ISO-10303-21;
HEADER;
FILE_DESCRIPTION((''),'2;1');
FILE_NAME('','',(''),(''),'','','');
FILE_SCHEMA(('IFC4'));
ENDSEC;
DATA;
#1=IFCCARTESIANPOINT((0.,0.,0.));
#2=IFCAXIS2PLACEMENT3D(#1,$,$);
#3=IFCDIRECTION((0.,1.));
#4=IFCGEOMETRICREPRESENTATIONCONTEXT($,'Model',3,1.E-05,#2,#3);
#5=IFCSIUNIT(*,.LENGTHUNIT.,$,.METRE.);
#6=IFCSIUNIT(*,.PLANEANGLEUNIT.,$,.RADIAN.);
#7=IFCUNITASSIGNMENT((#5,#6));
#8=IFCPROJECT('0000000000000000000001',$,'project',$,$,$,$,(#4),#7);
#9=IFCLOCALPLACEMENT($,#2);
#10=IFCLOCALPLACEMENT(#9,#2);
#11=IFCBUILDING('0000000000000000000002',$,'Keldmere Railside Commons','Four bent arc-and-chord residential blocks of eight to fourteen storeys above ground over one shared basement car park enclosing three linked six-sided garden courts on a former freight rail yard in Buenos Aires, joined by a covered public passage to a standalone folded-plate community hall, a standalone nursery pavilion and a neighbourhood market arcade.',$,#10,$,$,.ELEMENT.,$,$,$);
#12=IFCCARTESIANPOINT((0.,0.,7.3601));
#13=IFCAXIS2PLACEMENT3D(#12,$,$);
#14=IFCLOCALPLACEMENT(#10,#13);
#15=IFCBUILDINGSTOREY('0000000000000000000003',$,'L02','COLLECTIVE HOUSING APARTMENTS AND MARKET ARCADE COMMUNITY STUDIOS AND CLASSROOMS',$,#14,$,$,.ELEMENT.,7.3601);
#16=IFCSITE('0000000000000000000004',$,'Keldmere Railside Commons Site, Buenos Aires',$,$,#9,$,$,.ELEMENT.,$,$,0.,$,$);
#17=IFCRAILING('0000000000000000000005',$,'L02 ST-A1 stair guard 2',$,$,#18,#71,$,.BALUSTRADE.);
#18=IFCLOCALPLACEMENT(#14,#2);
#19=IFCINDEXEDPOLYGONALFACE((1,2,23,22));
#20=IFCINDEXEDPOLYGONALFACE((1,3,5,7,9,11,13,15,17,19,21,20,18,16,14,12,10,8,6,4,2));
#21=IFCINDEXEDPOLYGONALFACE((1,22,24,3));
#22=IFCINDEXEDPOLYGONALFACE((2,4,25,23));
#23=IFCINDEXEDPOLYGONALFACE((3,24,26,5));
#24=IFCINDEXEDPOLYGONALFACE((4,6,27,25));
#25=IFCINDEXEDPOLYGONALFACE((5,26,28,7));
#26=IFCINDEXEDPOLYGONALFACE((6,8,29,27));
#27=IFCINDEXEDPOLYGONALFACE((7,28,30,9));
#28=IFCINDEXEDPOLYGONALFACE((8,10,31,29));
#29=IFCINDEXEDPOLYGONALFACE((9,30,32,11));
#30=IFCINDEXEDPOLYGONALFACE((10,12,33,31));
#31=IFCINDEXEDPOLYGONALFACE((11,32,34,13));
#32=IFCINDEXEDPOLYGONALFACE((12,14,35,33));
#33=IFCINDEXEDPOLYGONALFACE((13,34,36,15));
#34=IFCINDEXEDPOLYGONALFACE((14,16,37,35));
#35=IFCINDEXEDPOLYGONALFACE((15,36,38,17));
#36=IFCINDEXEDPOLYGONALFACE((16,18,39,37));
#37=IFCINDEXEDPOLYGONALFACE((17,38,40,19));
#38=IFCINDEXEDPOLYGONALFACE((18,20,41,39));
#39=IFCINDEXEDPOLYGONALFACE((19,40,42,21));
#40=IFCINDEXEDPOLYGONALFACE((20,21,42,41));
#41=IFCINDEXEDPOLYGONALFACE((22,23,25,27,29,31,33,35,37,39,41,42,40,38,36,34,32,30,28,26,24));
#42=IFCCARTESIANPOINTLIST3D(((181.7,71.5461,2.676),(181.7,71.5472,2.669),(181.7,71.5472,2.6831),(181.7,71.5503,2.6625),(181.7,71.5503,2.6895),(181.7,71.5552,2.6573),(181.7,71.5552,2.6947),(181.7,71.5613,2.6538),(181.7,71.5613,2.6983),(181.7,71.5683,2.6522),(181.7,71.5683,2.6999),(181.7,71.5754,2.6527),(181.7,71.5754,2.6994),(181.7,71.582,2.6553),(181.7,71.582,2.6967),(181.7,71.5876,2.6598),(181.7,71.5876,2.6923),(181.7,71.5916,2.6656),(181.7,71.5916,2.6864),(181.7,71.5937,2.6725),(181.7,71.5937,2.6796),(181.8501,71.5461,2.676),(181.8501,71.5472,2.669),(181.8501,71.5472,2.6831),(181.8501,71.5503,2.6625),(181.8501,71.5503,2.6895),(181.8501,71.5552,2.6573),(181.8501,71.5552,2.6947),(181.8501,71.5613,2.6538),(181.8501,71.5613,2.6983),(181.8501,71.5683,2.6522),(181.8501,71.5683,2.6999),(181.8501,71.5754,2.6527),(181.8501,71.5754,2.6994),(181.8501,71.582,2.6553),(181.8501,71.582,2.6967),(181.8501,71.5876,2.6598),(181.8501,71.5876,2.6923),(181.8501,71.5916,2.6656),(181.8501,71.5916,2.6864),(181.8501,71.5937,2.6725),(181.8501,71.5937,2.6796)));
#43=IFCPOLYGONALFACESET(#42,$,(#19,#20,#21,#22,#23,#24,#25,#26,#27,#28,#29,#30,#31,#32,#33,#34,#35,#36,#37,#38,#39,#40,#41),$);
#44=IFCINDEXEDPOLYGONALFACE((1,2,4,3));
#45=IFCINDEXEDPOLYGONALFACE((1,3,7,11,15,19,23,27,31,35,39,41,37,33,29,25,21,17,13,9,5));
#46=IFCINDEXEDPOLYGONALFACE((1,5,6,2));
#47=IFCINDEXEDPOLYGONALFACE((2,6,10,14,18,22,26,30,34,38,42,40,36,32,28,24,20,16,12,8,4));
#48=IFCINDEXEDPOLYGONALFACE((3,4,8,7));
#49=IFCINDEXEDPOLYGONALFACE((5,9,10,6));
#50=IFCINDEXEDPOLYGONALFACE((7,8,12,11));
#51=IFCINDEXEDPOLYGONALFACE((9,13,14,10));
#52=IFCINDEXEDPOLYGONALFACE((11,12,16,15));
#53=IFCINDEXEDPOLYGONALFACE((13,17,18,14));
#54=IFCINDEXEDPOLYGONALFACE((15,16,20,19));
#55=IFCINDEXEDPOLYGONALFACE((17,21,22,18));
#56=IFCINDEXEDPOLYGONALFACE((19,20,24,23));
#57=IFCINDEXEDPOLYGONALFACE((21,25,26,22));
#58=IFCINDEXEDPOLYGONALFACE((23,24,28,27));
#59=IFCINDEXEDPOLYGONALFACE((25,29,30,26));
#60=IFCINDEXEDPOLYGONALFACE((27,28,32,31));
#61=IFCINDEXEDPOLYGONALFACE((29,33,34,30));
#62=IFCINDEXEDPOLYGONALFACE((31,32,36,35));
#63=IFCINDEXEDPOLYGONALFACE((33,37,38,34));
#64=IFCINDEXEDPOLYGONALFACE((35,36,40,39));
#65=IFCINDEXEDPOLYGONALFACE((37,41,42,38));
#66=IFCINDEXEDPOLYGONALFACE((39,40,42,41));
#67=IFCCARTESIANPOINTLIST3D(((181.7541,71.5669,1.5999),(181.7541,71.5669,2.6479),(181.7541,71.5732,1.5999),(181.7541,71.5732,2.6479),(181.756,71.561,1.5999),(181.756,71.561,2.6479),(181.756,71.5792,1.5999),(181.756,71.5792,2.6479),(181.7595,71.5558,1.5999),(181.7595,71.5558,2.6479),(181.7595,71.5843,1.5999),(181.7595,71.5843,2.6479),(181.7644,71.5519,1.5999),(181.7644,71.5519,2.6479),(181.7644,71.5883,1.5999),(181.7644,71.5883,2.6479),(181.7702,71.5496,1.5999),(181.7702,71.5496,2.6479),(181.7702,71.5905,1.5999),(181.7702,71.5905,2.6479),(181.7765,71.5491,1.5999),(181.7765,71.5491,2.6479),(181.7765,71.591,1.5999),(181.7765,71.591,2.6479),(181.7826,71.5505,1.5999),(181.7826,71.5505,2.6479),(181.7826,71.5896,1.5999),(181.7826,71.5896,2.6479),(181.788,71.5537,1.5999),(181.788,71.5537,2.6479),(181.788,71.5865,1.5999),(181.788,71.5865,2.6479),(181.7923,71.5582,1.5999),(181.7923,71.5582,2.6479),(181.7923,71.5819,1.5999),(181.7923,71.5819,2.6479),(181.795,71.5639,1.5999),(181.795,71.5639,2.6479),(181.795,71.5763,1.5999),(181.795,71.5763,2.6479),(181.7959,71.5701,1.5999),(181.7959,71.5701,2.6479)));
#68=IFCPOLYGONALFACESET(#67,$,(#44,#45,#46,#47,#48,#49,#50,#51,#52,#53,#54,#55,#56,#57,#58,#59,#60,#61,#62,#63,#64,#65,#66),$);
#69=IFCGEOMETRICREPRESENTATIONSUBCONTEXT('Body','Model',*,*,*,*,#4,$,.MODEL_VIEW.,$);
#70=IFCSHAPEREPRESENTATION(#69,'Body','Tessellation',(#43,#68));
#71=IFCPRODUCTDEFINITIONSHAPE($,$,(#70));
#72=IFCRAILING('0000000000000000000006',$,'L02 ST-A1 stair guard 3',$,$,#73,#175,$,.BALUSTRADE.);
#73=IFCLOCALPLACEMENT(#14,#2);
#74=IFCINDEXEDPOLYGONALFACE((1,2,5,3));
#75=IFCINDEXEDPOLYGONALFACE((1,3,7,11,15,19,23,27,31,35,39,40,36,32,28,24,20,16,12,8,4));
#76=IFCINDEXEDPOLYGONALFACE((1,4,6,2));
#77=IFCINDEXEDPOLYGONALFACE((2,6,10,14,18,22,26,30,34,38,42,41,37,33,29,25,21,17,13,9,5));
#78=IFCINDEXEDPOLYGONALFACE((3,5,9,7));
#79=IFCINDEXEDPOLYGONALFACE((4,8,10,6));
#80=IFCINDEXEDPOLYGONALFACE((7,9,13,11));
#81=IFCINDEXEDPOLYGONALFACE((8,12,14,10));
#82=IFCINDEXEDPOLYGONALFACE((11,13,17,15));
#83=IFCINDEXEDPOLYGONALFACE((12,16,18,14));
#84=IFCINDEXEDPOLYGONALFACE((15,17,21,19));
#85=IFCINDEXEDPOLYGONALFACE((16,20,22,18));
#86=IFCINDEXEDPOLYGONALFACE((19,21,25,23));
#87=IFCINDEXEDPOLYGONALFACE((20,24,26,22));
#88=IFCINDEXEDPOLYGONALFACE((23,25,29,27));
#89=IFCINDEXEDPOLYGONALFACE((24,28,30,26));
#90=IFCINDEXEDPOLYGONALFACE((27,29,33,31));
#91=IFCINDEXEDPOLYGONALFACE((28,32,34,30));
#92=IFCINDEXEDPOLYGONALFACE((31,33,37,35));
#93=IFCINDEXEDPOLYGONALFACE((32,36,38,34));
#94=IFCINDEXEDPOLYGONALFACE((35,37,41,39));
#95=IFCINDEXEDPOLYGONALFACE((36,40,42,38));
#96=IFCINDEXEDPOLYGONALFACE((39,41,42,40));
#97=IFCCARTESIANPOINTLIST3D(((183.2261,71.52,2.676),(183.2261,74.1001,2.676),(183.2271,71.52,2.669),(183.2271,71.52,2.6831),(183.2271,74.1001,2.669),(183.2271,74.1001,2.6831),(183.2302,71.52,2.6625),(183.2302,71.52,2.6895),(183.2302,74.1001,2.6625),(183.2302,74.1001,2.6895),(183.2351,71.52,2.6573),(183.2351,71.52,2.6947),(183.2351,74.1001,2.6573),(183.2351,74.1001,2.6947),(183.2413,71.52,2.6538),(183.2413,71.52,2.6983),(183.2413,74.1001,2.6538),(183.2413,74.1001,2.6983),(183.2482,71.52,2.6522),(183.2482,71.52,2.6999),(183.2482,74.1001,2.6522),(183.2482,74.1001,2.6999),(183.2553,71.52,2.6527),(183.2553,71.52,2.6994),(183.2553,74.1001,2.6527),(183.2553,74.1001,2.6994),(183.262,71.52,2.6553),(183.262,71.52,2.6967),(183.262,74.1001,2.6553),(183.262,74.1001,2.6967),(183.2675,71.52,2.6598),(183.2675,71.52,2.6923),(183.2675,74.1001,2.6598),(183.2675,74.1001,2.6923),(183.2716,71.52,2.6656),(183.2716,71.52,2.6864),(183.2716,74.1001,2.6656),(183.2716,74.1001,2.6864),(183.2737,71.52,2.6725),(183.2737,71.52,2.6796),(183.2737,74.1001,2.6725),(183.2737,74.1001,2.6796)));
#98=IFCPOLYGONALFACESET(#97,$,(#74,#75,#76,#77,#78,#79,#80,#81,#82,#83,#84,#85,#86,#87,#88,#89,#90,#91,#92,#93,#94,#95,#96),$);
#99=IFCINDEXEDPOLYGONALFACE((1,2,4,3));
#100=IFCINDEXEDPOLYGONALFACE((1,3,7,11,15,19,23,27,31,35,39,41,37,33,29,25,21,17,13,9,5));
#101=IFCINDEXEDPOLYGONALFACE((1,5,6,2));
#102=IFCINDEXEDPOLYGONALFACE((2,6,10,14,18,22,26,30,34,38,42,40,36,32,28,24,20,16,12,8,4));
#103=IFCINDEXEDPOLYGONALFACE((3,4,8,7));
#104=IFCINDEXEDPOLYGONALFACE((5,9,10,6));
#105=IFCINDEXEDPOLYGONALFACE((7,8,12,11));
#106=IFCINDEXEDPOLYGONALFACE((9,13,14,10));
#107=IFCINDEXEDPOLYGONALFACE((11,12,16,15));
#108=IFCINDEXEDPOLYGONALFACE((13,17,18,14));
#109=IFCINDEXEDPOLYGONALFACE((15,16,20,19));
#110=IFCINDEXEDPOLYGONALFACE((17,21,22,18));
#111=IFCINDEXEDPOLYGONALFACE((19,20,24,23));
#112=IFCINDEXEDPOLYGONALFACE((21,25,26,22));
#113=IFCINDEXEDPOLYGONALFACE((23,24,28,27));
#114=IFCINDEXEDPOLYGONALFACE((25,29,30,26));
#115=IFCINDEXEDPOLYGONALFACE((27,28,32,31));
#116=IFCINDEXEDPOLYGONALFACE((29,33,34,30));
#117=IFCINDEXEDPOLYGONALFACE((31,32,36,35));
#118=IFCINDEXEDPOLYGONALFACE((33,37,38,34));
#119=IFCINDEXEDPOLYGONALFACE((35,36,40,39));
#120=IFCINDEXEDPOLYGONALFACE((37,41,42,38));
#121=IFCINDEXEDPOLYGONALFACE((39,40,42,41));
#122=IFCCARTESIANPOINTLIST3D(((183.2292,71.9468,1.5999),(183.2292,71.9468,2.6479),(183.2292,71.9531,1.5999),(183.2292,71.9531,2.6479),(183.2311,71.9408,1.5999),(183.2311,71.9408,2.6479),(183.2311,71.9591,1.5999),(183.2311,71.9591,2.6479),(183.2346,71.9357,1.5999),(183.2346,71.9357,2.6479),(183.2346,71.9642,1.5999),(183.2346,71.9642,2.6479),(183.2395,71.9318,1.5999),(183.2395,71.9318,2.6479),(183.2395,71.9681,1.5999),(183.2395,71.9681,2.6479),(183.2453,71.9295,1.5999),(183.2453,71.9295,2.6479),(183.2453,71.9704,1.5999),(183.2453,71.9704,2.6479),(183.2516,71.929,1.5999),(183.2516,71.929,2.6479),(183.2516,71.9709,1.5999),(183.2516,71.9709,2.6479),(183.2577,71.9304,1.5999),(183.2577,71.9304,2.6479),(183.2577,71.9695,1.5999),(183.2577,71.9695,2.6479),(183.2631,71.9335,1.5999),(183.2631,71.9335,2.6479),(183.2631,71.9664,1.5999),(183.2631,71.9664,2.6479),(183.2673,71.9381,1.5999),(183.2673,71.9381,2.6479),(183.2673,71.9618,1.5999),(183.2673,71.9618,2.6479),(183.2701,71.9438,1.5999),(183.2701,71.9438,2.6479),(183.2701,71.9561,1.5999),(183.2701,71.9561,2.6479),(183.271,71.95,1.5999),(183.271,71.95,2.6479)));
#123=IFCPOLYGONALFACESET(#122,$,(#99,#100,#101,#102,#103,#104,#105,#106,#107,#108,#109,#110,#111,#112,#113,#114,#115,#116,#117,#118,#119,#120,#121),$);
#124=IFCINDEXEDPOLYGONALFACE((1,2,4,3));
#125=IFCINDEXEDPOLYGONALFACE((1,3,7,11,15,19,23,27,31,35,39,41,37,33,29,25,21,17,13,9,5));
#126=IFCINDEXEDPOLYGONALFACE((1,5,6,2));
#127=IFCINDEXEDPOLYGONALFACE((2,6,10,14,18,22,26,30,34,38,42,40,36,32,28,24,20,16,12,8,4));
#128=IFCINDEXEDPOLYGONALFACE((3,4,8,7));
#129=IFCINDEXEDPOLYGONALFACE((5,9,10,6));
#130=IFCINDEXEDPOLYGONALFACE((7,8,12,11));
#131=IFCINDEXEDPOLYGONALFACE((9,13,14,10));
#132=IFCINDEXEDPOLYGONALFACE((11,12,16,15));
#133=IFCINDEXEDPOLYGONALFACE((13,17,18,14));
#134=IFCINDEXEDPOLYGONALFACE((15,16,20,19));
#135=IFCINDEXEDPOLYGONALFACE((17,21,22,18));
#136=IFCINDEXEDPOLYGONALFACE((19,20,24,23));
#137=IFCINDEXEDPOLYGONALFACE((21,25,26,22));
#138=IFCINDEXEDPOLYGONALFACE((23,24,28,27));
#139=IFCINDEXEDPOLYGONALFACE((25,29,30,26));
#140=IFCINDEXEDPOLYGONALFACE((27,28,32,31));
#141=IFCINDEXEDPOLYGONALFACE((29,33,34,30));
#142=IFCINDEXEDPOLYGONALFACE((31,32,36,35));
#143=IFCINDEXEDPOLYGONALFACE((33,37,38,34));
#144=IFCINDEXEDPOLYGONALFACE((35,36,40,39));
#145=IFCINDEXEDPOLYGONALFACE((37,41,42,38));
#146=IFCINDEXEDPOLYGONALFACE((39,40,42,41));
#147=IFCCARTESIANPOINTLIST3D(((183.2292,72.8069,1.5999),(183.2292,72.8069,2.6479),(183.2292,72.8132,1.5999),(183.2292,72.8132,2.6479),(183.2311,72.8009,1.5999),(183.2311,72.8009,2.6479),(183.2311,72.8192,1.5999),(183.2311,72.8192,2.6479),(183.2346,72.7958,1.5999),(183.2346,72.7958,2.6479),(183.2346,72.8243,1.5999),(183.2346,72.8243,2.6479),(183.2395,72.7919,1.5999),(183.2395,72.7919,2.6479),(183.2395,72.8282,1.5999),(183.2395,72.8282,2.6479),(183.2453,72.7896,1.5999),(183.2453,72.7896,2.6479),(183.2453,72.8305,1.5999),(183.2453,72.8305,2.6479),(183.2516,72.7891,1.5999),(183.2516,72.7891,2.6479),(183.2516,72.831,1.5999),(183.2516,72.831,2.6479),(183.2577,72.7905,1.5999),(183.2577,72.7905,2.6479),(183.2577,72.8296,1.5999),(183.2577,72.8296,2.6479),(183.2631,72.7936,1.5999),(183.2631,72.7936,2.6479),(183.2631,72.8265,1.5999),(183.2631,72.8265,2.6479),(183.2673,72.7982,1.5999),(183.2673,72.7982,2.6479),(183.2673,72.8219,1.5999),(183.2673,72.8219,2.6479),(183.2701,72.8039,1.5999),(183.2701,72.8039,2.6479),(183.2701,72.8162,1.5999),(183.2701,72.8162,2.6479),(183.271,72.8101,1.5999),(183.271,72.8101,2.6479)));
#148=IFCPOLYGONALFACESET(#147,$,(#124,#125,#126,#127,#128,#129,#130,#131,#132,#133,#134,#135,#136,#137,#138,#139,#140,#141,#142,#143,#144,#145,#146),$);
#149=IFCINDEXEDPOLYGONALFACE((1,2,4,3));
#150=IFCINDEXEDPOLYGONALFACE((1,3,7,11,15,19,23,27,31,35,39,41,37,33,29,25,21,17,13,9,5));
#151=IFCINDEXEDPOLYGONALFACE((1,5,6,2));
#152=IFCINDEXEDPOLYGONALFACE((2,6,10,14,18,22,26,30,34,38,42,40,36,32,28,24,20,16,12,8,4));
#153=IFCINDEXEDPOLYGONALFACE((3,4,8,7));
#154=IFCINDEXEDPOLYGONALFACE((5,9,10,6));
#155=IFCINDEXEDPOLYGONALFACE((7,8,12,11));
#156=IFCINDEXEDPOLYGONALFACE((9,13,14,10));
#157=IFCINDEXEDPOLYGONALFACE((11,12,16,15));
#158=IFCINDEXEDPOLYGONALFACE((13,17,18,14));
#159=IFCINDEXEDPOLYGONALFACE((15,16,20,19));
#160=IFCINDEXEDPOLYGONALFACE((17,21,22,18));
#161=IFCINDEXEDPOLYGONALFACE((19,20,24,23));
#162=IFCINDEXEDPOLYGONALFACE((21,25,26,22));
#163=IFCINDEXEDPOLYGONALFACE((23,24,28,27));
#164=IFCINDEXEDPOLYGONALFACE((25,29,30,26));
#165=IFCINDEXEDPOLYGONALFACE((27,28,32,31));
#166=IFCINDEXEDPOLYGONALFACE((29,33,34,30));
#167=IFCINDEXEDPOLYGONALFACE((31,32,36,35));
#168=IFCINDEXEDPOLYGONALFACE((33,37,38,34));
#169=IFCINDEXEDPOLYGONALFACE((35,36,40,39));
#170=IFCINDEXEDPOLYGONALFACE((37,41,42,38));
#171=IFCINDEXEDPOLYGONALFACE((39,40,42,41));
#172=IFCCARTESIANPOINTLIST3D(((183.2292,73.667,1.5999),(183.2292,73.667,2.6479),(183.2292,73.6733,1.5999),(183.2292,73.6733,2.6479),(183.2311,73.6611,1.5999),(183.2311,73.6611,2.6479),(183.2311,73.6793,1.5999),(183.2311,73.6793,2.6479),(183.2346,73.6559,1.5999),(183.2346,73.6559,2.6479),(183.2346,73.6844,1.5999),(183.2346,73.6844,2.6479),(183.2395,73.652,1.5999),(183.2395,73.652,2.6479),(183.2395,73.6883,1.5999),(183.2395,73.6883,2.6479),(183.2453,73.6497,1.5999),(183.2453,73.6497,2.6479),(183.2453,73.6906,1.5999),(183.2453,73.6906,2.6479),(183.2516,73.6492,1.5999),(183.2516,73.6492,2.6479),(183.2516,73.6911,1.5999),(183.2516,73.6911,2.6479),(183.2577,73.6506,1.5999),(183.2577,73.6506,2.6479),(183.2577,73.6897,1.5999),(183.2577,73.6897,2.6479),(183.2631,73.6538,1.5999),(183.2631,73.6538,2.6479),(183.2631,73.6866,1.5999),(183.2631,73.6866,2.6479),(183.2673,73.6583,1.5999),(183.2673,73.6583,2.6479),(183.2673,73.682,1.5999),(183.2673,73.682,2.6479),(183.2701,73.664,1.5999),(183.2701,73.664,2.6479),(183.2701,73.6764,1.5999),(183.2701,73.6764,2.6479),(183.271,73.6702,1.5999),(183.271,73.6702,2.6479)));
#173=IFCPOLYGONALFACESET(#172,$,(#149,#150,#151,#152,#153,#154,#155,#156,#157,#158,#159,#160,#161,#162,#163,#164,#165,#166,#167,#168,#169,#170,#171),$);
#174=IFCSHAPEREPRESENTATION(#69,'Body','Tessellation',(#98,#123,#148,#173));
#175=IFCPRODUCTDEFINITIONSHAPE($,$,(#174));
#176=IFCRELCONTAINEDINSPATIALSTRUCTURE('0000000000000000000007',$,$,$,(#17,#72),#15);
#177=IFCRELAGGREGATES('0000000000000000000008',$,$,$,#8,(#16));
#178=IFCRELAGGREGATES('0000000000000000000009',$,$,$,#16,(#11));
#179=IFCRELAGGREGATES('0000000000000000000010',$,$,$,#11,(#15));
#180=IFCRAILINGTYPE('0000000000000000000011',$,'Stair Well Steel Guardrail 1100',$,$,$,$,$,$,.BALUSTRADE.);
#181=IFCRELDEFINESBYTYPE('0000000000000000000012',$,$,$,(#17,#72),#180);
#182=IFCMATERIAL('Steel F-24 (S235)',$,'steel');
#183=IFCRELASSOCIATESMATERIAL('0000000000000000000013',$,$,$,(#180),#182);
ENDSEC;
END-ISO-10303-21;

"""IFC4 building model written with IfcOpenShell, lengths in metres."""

from ifc_helpers import new_model, si_unit, direction, frame, origin, origin_2d, place, context, subcontext, project, spatial, circle, extrude, material, type_object, element, save


model = new_model("IFC4")

# Units and contexts
model_context = context("Model", 3, precision=1e-05, world=origin(), true_north=direction((0.0, 1.0)))
body_context = subcontext(model_context, "Body", "Model", "MODEL_VIEW")
ifc_project = project(units=[si_unit("LENGTHUNIT", "METRE"), si_unit("PLANEANGLEUNIT", "RADIAN")], contexts=[model_context])

# Site, building, storey
site_placement = place(None, origin())
site = spatial("IfcSite", under=ifc_project, at=site_placement, Name="Keldmere Railside Commons Site, Buenos Aires", CompositionType="ELEMENT", RefElevation=0.0)
building_placement = place(site_placement, origin())
building = spatial("IfcBuilding", under=site, at=building_placement, Name="Keldmere Railside Commons", Description="Four bent arc-and-chord residential blocks of eight to fourteen storeys above ground over one shared basement car park enclosing three linked six-sided garden courts on a former freight rail yard in Buenos Aires, joined by a covered public passage to a standalone folded-plate community hall, a standalone nursery pavilion and a neighbourhood market arcade.", CompositionType="ELEMENT")
storey_placement = place(building_placement, frame((0.0, 0.0, 7.3601)))
storey = spatial("IfcBuildingStorey", under=building, at=storey_placement, Name="L02", Description="COLLECTIVE HOUSING APARTMENTS AND MARKET ARCADE COMMUNITY STUDIOS AND CLASSROOMS", CompositionType="ELEMENT", Elevation=7.3601)

# Shared definitions
ifc_material_1 = material(Name="Steel F-24 (S235)", Category="steel")

# Railings
railing_type_1 = type_object("IfcRailingType", Name="Stair Well Steel Guardrail 1100", PredefinedType="BALUSTRADE", material=ifc_material_1)
railing_1_placement = place(storey_placement, frame((181.8501, 71.5701, 1.5999)))
element("IfcRailing", 1, at=railing_1_placement, inside=storey, type_object=railing_type_1, Name="L02 ST-A1 stair guard 2", PredefinedType="BALUSTRADE", context=body_context, shape_type="SweptSolid", body=[
    extrude(circle(Radius=0.0239, at=origin_2d()), frame((0.0, 0.0, 1.0762), z_axis=(-1.0, 0.0, 0.0), x_axis=(0.0, -1.0, 0.0)), (0.0, 0.0, 1.0), 0.1501),
    extrude(circle(Radius=0.021, at=origin_2d()), frame((-0.0752, 0.0, 0.0)), (0.0, 0.0, 1.0), 1.0481),
])
railing_2_placement = place(storey_placement, frame((183.25, 71.52, 1.5999)))
element("IfcRailing", 2, at=railing_2_placement, inside=storey, type_object=railing_type_1, Name="L02 ST-A1 stair guard 3", PredefinedType="BALUSTRADE", context=body_context, shape_type="SweptSolid", body=[
    extrude(circle(Radius=0.0239, at=origin_2d()), frame((0.0, 0.0, 1.0762), z_axis=(0.0, 1.0, 0.0), x_axis=(-1.0, 0.0, 0.0)), (0.0, 0.0, 1.0), 2.5801),
    extrude(circle(Radius=0.021, at=origin_2d()), frame((0.0, 0.4299, 0.0)), (0.0, 0.0, 1.0), 1.0481),
    extrude(circle(Radius=0.021, at=origin_2d()), frame((0.0, 1.29, 0.0)), (0.0, 0.0, 1.0), 1.0481),
    extrude(circle(Radius=0.021, at=origin_2d()), frame((0.0, 2.1501, 0.0)), (0.0, 0.0, 1.0), 1.0481),
])

save(model, "model.ifc")
